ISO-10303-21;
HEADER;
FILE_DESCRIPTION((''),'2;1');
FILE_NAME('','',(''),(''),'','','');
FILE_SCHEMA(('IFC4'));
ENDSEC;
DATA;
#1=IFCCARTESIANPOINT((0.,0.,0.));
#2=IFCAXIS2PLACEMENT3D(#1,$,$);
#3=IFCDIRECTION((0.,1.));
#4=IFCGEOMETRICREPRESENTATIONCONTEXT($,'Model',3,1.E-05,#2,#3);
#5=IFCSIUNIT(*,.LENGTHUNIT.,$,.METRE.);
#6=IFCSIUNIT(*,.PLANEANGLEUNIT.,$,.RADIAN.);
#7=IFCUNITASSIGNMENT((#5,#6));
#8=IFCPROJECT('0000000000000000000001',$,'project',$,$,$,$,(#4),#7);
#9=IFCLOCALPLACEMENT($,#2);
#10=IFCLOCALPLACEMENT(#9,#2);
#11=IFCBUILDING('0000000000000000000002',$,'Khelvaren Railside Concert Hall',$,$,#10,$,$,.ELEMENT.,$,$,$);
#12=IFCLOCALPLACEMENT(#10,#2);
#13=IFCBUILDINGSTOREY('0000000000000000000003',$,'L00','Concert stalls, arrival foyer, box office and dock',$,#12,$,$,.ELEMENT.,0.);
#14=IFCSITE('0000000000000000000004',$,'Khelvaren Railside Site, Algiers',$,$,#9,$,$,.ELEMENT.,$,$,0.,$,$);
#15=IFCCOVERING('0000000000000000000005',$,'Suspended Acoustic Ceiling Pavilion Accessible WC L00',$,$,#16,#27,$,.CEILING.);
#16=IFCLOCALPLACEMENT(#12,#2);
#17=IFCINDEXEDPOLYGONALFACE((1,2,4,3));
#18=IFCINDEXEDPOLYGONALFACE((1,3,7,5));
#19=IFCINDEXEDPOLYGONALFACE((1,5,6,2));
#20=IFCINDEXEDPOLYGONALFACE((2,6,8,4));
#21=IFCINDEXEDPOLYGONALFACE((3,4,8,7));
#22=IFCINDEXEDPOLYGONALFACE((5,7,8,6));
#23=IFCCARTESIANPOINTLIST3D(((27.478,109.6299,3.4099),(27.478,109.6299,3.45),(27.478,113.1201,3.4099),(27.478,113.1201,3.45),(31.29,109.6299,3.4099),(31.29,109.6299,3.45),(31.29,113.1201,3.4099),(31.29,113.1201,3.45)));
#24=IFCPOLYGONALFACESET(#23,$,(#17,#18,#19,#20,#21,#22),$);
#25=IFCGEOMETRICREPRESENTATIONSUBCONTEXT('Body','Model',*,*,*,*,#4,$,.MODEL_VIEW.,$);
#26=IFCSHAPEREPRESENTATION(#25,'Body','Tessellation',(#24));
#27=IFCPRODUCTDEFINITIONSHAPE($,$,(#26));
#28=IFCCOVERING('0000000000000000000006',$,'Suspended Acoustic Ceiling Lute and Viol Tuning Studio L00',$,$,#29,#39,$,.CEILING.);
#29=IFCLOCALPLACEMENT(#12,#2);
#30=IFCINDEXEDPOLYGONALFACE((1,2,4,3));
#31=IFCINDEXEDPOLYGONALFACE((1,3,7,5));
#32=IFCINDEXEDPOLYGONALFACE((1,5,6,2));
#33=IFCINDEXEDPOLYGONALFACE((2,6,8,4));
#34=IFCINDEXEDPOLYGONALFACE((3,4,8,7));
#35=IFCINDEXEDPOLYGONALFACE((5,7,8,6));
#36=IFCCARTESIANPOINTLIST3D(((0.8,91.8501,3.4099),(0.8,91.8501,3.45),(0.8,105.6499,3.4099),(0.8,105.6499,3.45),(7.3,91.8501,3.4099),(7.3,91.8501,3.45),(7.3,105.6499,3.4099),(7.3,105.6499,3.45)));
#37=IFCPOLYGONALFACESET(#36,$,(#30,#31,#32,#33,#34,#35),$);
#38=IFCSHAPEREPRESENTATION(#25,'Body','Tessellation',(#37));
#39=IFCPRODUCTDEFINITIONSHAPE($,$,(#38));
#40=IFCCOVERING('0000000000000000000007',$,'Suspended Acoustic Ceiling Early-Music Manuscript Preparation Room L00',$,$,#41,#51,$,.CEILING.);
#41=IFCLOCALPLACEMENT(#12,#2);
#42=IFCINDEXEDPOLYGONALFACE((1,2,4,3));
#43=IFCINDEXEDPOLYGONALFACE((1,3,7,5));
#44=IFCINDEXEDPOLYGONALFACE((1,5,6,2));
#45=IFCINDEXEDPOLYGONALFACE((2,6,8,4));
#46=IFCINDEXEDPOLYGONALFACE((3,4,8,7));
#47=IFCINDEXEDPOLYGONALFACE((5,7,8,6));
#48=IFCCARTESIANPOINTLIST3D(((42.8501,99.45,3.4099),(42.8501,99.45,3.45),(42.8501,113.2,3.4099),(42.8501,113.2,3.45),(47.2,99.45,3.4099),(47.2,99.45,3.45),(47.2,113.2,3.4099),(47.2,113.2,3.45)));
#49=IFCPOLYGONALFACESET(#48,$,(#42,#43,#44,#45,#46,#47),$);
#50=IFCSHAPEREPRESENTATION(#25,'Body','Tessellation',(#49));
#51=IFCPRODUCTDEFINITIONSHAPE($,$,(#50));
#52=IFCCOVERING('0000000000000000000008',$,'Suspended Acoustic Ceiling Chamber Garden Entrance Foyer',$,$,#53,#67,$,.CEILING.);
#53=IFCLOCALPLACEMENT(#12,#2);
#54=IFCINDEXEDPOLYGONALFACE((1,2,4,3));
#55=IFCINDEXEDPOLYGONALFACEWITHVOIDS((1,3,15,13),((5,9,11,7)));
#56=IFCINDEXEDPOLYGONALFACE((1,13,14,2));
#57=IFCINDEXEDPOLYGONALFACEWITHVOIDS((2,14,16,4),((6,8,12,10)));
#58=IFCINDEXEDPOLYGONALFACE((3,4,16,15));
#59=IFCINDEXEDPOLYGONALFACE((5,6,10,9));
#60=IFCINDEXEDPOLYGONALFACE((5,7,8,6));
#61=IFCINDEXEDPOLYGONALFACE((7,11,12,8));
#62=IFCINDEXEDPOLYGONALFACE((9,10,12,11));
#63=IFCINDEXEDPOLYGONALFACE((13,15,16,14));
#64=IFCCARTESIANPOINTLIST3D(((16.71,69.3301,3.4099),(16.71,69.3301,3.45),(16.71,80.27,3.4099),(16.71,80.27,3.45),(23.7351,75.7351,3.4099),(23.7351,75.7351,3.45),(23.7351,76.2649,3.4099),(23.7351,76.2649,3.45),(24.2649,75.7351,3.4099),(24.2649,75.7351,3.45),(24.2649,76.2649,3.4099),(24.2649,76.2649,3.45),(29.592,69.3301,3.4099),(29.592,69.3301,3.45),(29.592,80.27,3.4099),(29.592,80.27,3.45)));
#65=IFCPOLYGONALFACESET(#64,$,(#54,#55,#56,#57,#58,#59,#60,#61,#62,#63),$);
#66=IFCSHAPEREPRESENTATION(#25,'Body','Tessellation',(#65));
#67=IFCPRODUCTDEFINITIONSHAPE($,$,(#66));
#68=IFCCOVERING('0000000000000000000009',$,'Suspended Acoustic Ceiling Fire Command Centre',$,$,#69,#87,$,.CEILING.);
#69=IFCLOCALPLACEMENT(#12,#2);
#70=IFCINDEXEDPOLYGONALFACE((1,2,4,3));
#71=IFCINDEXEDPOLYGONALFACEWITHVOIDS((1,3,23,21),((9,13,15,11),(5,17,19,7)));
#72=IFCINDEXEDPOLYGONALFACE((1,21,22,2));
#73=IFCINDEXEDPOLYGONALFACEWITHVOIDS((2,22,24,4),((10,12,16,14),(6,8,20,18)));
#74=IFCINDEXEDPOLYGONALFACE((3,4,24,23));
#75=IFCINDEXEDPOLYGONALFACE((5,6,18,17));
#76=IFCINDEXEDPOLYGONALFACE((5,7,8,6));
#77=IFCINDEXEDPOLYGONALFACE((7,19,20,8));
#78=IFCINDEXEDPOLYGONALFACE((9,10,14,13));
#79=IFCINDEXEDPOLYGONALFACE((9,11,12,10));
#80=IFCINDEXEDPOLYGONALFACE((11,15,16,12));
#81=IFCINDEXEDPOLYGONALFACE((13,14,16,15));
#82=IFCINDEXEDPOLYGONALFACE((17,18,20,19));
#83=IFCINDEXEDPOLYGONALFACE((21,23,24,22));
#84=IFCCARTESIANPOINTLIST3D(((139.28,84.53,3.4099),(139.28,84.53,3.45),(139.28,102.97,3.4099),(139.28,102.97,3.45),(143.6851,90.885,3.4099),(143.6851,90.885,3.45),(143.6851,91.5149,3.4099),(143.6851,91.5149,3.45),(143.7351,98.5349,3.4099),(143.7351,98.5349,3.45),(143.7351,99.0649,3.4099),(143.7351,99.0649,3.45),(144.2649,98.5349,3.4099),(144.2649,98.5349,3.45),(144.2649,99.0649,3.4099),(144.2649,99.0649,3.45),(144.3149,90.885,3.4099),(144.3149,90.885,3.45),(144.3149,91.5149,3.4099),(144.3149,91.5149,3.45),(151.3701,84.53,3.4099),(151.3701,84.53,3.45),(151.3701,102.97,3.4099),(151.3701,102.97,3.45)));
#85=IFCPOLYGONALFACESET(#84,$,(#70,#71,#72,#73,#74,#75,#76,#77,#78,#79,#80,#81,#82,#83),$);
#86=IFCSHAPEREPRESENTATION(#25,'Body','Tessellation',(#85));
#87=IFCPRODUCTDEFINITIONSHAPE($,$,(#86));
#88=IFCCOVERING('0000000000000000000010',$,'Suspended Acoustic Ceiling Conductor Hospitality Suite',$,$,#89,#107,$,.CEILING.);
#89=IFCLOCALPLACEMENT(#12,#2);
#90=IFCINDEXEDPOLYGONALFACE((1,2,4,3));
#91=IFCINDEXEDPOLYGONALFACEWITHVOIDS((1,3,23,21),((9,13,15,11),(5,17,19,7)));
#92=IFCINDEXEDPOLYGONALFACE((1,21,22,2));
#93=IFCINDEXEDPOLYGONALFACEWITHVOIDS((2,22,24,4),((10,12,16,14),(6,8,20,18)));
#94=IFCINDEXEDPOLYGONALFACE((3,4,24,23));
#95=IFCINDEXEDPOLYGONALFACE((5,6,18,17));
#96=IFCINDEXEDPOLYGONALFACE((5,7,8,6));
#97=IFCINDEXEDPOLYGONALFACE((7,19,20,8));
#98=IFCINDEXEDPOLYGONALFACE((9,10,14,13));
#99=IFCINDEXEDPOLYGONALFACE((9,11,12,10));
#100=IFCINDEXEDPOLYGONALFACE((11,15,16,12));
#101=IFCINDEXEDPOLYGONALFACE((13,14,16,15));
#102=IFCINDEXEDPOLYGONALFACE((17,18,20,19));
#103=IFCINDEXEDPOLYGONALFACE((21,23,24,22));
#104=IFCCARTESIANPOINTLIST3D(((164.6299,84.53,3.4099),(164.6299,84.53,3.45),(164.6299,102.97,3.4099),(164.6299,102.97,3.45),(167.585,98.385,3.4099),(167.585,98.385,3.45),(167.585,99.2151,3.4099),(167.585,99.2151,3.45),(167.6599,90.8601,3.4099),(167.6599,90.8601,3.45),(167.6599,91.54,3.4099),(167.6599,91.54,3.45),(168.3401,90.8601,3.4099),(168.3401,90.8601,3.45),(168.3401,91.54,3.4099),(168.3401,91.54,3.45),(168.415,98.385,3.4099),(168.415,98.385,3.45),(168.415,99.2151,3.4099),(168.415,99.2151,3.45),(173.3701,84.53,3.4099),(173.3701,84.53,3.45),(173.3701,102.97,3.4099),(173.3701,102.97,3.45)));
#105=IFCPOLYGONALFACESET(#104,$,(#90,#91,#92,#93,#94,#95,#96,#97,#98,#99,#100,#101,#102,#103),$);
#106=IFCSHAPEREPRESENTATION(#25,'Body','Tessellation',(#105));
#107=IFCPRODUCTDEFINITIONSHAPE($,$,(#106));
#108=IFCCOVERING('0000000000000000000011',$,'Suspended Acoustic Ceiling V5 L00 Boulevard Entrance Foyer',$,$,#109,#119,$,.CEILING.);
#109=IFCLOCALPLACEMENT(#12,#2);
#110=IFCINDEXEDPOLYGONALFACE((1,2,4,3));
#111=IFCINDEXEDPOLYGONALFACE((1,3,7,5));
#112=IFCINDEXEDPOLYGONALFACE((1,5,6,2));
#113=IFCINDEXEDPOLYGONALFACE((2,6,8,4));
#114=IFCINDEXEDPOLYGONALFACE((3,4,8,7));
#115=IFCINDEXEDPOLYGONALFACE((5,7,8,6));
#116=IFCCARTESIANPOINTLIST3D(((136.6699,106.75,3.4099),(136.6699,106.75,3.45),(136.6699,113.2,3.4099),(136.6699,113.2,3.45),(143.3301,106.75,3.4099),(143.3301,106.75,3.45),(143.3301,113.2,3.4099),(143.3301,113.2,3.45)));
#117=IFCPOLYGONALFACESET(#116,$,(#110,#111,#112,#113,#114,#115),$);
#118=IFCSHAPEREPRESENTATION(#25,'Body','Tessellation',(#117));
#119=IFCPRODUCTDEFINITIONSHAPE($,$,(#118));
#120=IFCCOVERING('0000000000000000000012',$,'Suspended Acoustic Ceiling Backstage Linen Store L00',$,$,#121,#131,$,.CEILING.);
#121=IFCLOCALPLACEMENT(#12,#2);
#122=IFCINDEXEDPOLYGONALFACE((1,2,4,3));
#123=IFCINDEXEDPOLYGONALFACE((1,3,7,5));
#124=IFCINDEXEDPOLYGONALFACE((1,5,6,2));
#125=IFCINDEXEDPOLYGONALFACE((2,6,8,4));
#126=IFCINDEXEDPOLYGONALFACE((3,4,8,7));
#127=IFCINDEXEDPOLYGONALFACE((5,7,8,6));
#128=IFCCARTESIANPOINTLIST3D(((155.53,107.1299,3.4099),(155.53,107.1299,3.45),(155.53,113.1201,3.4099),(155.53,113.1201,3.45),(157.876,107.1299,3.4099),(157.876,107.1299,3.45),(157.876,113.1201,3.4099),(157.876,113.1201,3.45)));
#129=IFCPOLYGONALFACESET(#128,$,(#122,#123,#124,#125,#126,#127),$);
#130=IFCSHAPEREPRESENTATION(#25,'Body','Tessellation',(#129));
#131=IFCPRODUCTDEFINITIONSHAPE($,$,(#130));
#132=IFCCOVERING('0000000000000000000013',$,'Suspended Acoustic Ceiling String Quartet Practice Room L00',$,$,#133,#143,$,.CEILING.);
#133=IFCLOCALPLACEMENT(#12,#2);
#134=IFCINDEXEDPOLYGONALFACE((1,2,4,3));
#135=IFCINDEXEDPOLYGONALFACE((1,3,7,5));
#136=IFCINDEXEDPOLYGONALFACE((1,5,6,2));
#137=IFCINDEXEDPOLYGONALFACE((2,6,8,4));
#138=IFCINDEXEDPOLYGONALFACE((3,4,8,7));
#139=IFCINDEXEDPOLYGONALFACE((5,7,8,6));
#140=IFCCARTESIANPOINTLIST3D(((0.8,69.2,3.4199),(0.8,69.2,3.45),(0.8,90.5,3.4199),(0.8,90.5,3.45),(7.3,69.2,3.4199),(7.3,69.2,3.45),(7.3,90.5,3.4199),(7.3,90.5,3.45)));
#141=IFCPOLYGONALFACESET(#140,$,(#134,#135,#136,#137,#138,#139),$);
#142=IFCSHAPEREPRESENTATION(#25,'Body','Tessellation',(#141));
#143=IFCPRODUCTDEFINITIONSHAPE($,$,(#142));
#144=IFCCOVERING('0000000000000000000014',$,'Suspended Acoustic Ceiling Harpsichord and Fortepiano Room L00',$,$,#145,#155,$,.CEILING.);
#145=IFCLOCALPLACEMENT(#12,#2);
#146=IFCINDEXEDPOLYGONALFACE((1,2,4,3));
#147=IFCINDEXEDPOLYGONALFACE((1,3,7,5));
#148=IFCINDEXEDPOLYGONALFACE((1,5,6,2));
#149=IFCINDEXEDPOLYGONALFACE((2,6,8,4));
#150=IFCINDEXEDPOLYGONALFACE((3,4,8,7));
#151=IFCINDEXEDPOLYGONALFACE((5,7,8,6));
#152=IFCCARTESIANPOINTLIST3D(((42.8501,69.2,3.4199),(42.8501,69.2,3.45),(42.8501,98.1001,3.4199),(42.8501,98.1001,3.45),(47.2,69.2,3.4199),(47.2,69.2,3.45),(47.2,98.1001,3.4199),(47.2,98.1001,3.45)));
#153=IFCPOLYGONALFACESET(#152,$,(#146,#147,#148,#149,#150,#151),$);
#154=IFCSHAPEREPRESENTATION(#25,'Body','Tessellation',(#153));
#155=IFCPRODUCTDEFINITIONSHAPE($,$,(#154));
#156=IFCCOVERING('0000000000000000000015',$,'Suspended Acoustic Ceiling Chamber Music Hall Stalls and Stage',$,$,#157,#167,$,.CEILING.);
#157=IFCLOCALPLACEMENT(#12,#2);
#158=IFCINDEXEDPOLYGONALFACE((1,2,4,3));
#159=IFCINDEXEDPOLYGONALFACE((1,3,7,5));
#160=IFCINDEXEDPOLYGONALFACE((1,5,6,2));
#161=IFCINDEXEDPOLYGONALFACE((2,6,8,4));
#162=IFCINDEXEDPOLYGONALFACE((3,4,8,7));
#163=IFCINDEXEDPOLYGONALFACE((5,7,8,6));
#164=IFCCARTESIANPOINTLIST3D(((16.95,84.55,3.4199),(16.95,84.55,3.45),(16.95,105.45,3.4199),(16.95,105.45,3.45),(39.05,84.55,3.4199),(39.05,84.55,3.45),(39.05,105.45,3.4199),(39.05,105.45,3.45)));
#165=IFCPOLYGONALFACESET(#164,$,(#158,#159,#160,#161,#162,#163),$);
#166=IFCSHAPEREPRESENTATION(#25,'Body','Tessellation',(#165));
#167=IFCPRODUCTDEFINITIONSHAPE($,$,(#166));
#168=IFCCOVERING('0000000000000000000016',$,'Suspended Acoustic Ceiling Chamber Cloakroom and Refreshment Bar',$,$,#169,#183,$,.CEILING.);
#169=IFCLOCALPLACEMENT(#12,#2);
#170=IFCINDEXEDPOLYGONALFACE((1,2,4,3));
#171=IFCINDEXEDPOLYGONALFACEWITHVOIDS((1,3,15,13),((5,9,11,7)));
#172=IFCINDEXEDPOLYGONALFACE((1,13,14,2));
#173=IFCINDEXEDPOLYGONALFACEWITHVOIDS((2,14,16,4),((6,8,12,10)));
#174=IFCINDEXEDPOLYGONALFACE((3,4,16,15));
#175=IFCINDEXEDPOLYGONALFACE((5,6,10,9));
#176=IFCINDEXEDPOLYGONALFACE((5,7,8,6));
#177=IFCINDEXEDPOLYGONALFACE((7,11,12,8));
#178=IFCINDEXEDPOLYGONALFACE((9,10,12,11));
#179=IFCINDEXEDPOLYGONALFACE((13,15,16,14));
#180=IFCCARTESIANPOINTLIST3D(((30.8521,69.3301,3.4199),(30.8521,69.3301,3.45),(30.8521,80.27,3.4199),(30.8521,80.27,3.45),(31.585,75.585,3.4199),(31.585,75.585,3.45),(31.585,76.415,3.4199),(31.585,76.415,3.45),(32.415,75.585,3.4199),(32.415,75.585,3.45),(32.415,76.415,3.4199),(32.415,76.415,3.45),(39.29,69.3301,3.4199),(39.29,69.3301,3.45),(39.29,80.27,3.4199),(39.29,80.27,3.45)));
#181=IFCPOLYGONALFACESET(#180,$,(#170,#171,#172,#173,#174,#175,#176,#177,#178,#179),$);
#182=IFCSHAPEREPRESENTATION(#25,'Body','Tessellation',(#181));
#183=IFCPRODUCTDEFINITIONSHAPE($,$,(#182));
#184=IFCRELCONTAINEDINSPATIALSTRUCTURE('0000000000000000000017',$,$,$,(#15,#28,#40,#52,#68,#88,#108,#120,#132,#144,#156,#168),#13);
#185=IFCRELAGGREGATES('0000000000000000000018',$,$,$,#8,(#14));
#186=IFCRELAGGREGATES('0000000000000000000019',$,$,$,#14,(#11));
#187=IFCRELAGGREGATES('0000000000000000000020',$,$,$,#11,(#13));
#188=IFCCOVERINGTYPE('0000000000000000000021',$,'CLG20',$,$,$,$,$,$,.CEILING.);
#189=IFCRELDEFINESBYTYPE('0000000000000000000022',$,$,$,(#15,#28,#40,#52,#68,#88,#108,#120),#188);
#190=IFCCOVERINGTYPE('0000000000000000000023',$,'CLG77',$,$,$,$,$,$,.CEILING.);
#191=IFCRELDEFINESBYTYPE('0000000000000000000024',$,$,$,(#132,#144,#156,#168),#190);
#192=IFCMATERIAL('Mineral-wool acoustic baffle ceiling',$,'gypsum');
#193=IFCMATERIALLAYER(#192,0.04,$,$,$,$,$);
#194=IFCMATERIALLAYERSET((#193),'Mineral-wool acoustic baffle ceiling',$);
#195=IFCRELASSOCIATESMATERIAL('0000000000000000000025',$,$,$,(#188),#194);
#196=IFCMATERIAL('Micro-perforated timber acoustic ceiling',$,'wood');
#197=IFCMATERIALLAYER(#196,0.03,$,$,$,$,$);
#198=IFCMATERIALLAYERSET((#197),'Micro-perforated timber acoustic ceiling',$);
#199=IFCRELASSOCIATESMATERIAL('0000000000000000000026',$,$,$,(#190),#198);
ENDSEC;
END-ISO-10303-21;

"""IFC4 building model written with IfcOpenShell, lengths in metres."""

from ifc_helpers import new_model, si_unit, direction, frame, origin, place, context, subcontext, project, spatial, polyline, outline, extrude, material, layer, layer_set, type_object, element, save


model = new_model("IFC4")

# Units and contexts
model_context = context("Model", 3, precision=1e-05, world=origin(), true_north=direction((0.0, 1.0)))
body_context = subcontext(model_context, "Body", "Model", "MODEL_VIEW")
ifc_project = project(units=[si_unit("LENGTHUNIT", "METRE"), si_unit("PLANEANGLEUNIT", "RADIAN")], contexts=[model_context])

# Site, building, storey
site_placement = place(None, origin())
site = spatial("IfcSite", under=ifc_project, at=site_placement, Name="Khelvaren Railside Site, Algiers", CompositionType="ELEMENT", RefElevation=0.0)
building_placement = place(site_placement, origin())
building = spatial("IfcBuilding", under=site, at=building_placement, Name="Khelvaren Railside Concert Hall", CompositionType="ELEMENT")
storey_placement = place(building_placement, origin())
storey = spatial("IfcBuildingStorey", under=building, at=storey_placement, Name="L00", Description="Concert stalls, arrival foyer, box office and dock", CompositionType="ELEMENT", Elevation=0.0)

# Coverings
ifc_material_1 = material(Name="Mineral-wool acoustic baffle ceiling", Category="gypsum")
ifc_layer_1 = layer(ifc_material_1, 0.04)
ifc_layer_set_1 = layer_set([ifc_layer_1], Name="Mineral-wool acoustic baffle ceiling")
covering_type_1 = type_object("IfcCoveringType", Name="CLG20", PredefinedType="CEILING", material=ifc_layer_set_1)
covering_1_placement = place(storey_placement, frame((0.0, 0.0, 3.4099)))
element("IfcCovering", 1, at=covering_1_placement, inside=storey, type_object=covering_type_1, Name="Suspended Acoustic Ceiling Pavilion Accessible WC L00", PredefinedType="CEILING", context=body_context, shape_type="SweptSolid", body=[
    extrude(outline(polyline([(27.478, 109.6299), (31.29, 109.6299), (31.29, 113.1201), (27.478, 113.1201), (27.478, 109.6299)])), origin(), (0.0, 0.0, 1.0), 0.04),
])
covering_2_placement = place(storey_placement, frame((0.0, 0.0, 3.4099)))
element("IfcCovering", 2, at=covering_2_placement, inside=storey, type_object=covering_type_1, Name="Suspended Acoustic Ceiling Lute and Viol Tuning Studio L00", PredefinedType="CEILING", context=body_context, shape_type="SweptSolid", body=[
    extrude(outline(polyline([(0.8, 91.8501), (7.3, 91.8501), (7.3, 105.6499), (0.8, 105.6499), (0.8, 91.8501)])), origin(), (0.0, 0.0, 1.0), 0.04),
])
covering_3_placement = place(storey_placement, frame((0.0, 0.0, 3.4099)))
element("IfcCovering", 3, at=covering_3_placement, inside=storey, type_object=covering_type_1, Name="Suspended Acoustic Ceiling Early-Music Manuscript Preparation Room L00", PredefinedType="CEILING", context=body_context, shape_type="SweptSolid", body=[
    extrude(outline(polyline([(42.8501, 99.45), (47.2, 99.45), (47.2, 113.2), (42.8501, 113.2), (42.8501, 99.45)])), origin(), (0.0, 0.0, 1.0), 0.04),
])
covering_4_placement = place(storey_placement, frame((0.0, 0.0, 3.4099)))
element("IfcCovering", 4, at=covering_4_placement, inside=storey, type_object=covering_type_1, Name="Suspended Acoustic Ceiling Chamber Garden Entrance Foyer", PredefinedType="CEILING", context=body_context, shape_type="SweptSolid", body=[
    extrude(outline(polyline([(16.71, 69.3301), (29.592, 69.3301), (29.592, 80.27), (16.71, 80.27), (16.71, 69.3301)]), holes=[polyline([(23.7351, 75.7351), (24.2649, 75.7351), (24.2649, 76.2649), (23.7351, 76.2649), (23.7351, 75.7351)])]), origin(), (0.0, 0.0, 1.0), 0.04),
])
covering_5_placement = place(storey_placement, frame((0.0, 0.0, 3.4099)))
element("IfcCovering", 5, at=covering_5_placement, inside=storey, type_object=covering_type_1, Name="Suspended Acoustic Ceiling Fire Command Centre", PredefinedType="CEILING", context=body_context, shape_type="SweptSolid", body=[
    extrude(outline(polyline([(139.28, 84.53), (151.3701, 84.53), (151.3701, 102.97), (139.28, 102.97), (139.28, 84.53)]), holes=[polyline([(143.6851, 90.885), (144.3149, 90.885), (144.3149, 91.5149), (143.6851, 91.5149), (143.6851, 90.885)]), polyline([(143.7351, 98.5349), (144.2649, 98.5349), (144.2649, 99.0649), (143.7351, 99.0649), (143.7351, 98.5349)])]), origin(), (0.0, 0.0, 1.0), 0.04),
])
covering_6_placement = place(storey_placement, frame((0.0, 0.0, 3.4099)))
element("IfcCovering", 6, at=covering_6_placement, inside=storey, type_object=covering_type_1, Name="Suspended Acoustic Ceiling Conductor Hospitality Suite", PredefinedType="CEILING", context=body_context, shape_type="SweptSolid", body=[
    extrude(outline(polyline([(164.6299, 84.53), (173.3701, 84.53), (173.3701, 102.97), (164.6299, 102.97), (164.6299, 84.53)]), holes=[polyline([(167.6599, 90.8601), (168.3401, 90.8601), (168.3401, 91.54), (167.6599, 91.54), (167.6599, 90.8601)]), polyline([(167.585, 98.385), (168.415, 98.385), (168.415, 99.2151), (167.585, 99.2151), (167.585, 98.385)])]), origin(), (0.0, 0.0, 1.0), 0.04),
])
covering_7_placement = place(storey_placement, frame((0.0, 0.0, 3.4099)))
element("IfcCovering", 7, at=covering_7_placement, inside=storey, type_object=covering_type_1, Name="Suspended Acoustic Ceiling V5 L00 Boulevard Entrance Foyer", PredefinedType="CEILING", context=body_context, shape_type="SweptSolid", body=[
    extrude(outline(polyline([(136.6699, 106.75), (143.3301, 106.75), (143.3301, 113.2), (136.6699, 113.2), (136.6699, 106.75)])), origin(), (0.0, 0.0, 1.0), 0.04),
])
covering_8_placement = place(storey_placement, frame((0.0, 0.0, 3.4099)))
element("IfcCovering", 8, at=covering_8_placement, inside=storey, type_object=covering_type_1, Name="Suspended Acoustic Ceiling Backstage Linen Store L00", PredefinedType="CEILING", context=body_context, shape_type="SweptSolid", body=[
    extrude(outline(polyline([(155.53, 107.1299), (157.876, 107.1299), (157.876, 113.1201), (155.53, 113.1201), (155.53, 107.1299)])), origin(), (0.0, 0.0, 1.0), 0.04),
])
ifc_material_2 = material(Name="Micro-perforated timber acoustic ceiling", Category="wood")
ifc_layer_2 = layer(ifc_material_2, 0.03)
ifc_layer_set_2 = layer_set([ifc_layer_2], Name="Micro-perforated timber acoustic ceiling")
covering_type_2 = type_object("IfcCoveringType", Name="CLG77", PredefinedType="CEILING", material=ifc_layer_set_2)
covering_9_placement = place(storey_placement, frame((0.0, 0.0, 3.4199)))
element("IfcCovering", 9, at=covering_9_placement, inside=storey, type_object=covering_type_2, Name="Suspended Acoustic Ceiling String Quartet Practice Room L00", PredefinedType="CEILING", context=body_context, shape_type="SweptSolid", body=[
    extrude(outline(polyline([(0.8, 69.2), (7.3, 69.2), (7.3, 90.5), (0.8, 90.5), (0.8, 69.2)])), origin(), (0.0, 0.0, 1.0), 0.03),
])
covering_10_placement = place(storey_placement, frame((0.0, 0.0, 3.4199)))
element("IfcCovering", 10, at=covering_10_placement, inside=storey, type_object=covering_type_2, Name="Suspended Acoustic Ceiling Harpsichord and Fortepiano Room L00", PredefinedType="CEILING", context=body_context, shape_type="SweptSolid", body=[
    extrude(outline(polyline([(42.8501, 69.2), (47.2, 69.2), (47.2, 98.1001), (42.8501, 98.1001), (42.8501, 69.2)])), origin(), (0.0, 0.0, 1.0), 0.03),
])
covering_11_placement = place(storey_placement, frame((0.0, 0.0, 3.4199)))
element("IfcCovering", 11, at=covering_11_placement, inside=storey, type_object=covering_type_2, Name="Suspended Acoustic Ceiling Chamber Music Hall Stalls and Stage", PredefinedType="CEILING", context=body_context, shape_type="SweptSolid", body=[
    extrude(outline(polyline([(16.95, 84.55), (39.05, 84.55), (39.05, 105.45), (16.95, 105.45), (16.95, 84.55)])), origin(), (0.0, 0.0, 1.0), 0.03),
])
covering_12_placement = place(storey_placement, frame((0.0, 0.0, 3.4199)))
element("IfcCovering", 12, at=covering_12_placement, inside=storey, type_object=covering_type_2, Name="Suspended Acoustic Ceiling Chamber Cloakroom and Refreshment Bar", PredefinedType="CEILING", context=body_context, shape_type="SweptSolid", body=[
    extrude(outline(polyline([(30.8521, 69.3301), (39.29, 69.3301), (39.29, 80.27), (30.8521, 80.27), (30.8521, 69.3301)]), holes=[polyline([(31.585, 75.585), (32.415, 75.585), (32.415, 76.415), (31.585, 76.415), (31.585, 75.585)])]), origin(), (0.0, 0.0, 1.0), 0.03),
])

save(model, "model.ifc")
